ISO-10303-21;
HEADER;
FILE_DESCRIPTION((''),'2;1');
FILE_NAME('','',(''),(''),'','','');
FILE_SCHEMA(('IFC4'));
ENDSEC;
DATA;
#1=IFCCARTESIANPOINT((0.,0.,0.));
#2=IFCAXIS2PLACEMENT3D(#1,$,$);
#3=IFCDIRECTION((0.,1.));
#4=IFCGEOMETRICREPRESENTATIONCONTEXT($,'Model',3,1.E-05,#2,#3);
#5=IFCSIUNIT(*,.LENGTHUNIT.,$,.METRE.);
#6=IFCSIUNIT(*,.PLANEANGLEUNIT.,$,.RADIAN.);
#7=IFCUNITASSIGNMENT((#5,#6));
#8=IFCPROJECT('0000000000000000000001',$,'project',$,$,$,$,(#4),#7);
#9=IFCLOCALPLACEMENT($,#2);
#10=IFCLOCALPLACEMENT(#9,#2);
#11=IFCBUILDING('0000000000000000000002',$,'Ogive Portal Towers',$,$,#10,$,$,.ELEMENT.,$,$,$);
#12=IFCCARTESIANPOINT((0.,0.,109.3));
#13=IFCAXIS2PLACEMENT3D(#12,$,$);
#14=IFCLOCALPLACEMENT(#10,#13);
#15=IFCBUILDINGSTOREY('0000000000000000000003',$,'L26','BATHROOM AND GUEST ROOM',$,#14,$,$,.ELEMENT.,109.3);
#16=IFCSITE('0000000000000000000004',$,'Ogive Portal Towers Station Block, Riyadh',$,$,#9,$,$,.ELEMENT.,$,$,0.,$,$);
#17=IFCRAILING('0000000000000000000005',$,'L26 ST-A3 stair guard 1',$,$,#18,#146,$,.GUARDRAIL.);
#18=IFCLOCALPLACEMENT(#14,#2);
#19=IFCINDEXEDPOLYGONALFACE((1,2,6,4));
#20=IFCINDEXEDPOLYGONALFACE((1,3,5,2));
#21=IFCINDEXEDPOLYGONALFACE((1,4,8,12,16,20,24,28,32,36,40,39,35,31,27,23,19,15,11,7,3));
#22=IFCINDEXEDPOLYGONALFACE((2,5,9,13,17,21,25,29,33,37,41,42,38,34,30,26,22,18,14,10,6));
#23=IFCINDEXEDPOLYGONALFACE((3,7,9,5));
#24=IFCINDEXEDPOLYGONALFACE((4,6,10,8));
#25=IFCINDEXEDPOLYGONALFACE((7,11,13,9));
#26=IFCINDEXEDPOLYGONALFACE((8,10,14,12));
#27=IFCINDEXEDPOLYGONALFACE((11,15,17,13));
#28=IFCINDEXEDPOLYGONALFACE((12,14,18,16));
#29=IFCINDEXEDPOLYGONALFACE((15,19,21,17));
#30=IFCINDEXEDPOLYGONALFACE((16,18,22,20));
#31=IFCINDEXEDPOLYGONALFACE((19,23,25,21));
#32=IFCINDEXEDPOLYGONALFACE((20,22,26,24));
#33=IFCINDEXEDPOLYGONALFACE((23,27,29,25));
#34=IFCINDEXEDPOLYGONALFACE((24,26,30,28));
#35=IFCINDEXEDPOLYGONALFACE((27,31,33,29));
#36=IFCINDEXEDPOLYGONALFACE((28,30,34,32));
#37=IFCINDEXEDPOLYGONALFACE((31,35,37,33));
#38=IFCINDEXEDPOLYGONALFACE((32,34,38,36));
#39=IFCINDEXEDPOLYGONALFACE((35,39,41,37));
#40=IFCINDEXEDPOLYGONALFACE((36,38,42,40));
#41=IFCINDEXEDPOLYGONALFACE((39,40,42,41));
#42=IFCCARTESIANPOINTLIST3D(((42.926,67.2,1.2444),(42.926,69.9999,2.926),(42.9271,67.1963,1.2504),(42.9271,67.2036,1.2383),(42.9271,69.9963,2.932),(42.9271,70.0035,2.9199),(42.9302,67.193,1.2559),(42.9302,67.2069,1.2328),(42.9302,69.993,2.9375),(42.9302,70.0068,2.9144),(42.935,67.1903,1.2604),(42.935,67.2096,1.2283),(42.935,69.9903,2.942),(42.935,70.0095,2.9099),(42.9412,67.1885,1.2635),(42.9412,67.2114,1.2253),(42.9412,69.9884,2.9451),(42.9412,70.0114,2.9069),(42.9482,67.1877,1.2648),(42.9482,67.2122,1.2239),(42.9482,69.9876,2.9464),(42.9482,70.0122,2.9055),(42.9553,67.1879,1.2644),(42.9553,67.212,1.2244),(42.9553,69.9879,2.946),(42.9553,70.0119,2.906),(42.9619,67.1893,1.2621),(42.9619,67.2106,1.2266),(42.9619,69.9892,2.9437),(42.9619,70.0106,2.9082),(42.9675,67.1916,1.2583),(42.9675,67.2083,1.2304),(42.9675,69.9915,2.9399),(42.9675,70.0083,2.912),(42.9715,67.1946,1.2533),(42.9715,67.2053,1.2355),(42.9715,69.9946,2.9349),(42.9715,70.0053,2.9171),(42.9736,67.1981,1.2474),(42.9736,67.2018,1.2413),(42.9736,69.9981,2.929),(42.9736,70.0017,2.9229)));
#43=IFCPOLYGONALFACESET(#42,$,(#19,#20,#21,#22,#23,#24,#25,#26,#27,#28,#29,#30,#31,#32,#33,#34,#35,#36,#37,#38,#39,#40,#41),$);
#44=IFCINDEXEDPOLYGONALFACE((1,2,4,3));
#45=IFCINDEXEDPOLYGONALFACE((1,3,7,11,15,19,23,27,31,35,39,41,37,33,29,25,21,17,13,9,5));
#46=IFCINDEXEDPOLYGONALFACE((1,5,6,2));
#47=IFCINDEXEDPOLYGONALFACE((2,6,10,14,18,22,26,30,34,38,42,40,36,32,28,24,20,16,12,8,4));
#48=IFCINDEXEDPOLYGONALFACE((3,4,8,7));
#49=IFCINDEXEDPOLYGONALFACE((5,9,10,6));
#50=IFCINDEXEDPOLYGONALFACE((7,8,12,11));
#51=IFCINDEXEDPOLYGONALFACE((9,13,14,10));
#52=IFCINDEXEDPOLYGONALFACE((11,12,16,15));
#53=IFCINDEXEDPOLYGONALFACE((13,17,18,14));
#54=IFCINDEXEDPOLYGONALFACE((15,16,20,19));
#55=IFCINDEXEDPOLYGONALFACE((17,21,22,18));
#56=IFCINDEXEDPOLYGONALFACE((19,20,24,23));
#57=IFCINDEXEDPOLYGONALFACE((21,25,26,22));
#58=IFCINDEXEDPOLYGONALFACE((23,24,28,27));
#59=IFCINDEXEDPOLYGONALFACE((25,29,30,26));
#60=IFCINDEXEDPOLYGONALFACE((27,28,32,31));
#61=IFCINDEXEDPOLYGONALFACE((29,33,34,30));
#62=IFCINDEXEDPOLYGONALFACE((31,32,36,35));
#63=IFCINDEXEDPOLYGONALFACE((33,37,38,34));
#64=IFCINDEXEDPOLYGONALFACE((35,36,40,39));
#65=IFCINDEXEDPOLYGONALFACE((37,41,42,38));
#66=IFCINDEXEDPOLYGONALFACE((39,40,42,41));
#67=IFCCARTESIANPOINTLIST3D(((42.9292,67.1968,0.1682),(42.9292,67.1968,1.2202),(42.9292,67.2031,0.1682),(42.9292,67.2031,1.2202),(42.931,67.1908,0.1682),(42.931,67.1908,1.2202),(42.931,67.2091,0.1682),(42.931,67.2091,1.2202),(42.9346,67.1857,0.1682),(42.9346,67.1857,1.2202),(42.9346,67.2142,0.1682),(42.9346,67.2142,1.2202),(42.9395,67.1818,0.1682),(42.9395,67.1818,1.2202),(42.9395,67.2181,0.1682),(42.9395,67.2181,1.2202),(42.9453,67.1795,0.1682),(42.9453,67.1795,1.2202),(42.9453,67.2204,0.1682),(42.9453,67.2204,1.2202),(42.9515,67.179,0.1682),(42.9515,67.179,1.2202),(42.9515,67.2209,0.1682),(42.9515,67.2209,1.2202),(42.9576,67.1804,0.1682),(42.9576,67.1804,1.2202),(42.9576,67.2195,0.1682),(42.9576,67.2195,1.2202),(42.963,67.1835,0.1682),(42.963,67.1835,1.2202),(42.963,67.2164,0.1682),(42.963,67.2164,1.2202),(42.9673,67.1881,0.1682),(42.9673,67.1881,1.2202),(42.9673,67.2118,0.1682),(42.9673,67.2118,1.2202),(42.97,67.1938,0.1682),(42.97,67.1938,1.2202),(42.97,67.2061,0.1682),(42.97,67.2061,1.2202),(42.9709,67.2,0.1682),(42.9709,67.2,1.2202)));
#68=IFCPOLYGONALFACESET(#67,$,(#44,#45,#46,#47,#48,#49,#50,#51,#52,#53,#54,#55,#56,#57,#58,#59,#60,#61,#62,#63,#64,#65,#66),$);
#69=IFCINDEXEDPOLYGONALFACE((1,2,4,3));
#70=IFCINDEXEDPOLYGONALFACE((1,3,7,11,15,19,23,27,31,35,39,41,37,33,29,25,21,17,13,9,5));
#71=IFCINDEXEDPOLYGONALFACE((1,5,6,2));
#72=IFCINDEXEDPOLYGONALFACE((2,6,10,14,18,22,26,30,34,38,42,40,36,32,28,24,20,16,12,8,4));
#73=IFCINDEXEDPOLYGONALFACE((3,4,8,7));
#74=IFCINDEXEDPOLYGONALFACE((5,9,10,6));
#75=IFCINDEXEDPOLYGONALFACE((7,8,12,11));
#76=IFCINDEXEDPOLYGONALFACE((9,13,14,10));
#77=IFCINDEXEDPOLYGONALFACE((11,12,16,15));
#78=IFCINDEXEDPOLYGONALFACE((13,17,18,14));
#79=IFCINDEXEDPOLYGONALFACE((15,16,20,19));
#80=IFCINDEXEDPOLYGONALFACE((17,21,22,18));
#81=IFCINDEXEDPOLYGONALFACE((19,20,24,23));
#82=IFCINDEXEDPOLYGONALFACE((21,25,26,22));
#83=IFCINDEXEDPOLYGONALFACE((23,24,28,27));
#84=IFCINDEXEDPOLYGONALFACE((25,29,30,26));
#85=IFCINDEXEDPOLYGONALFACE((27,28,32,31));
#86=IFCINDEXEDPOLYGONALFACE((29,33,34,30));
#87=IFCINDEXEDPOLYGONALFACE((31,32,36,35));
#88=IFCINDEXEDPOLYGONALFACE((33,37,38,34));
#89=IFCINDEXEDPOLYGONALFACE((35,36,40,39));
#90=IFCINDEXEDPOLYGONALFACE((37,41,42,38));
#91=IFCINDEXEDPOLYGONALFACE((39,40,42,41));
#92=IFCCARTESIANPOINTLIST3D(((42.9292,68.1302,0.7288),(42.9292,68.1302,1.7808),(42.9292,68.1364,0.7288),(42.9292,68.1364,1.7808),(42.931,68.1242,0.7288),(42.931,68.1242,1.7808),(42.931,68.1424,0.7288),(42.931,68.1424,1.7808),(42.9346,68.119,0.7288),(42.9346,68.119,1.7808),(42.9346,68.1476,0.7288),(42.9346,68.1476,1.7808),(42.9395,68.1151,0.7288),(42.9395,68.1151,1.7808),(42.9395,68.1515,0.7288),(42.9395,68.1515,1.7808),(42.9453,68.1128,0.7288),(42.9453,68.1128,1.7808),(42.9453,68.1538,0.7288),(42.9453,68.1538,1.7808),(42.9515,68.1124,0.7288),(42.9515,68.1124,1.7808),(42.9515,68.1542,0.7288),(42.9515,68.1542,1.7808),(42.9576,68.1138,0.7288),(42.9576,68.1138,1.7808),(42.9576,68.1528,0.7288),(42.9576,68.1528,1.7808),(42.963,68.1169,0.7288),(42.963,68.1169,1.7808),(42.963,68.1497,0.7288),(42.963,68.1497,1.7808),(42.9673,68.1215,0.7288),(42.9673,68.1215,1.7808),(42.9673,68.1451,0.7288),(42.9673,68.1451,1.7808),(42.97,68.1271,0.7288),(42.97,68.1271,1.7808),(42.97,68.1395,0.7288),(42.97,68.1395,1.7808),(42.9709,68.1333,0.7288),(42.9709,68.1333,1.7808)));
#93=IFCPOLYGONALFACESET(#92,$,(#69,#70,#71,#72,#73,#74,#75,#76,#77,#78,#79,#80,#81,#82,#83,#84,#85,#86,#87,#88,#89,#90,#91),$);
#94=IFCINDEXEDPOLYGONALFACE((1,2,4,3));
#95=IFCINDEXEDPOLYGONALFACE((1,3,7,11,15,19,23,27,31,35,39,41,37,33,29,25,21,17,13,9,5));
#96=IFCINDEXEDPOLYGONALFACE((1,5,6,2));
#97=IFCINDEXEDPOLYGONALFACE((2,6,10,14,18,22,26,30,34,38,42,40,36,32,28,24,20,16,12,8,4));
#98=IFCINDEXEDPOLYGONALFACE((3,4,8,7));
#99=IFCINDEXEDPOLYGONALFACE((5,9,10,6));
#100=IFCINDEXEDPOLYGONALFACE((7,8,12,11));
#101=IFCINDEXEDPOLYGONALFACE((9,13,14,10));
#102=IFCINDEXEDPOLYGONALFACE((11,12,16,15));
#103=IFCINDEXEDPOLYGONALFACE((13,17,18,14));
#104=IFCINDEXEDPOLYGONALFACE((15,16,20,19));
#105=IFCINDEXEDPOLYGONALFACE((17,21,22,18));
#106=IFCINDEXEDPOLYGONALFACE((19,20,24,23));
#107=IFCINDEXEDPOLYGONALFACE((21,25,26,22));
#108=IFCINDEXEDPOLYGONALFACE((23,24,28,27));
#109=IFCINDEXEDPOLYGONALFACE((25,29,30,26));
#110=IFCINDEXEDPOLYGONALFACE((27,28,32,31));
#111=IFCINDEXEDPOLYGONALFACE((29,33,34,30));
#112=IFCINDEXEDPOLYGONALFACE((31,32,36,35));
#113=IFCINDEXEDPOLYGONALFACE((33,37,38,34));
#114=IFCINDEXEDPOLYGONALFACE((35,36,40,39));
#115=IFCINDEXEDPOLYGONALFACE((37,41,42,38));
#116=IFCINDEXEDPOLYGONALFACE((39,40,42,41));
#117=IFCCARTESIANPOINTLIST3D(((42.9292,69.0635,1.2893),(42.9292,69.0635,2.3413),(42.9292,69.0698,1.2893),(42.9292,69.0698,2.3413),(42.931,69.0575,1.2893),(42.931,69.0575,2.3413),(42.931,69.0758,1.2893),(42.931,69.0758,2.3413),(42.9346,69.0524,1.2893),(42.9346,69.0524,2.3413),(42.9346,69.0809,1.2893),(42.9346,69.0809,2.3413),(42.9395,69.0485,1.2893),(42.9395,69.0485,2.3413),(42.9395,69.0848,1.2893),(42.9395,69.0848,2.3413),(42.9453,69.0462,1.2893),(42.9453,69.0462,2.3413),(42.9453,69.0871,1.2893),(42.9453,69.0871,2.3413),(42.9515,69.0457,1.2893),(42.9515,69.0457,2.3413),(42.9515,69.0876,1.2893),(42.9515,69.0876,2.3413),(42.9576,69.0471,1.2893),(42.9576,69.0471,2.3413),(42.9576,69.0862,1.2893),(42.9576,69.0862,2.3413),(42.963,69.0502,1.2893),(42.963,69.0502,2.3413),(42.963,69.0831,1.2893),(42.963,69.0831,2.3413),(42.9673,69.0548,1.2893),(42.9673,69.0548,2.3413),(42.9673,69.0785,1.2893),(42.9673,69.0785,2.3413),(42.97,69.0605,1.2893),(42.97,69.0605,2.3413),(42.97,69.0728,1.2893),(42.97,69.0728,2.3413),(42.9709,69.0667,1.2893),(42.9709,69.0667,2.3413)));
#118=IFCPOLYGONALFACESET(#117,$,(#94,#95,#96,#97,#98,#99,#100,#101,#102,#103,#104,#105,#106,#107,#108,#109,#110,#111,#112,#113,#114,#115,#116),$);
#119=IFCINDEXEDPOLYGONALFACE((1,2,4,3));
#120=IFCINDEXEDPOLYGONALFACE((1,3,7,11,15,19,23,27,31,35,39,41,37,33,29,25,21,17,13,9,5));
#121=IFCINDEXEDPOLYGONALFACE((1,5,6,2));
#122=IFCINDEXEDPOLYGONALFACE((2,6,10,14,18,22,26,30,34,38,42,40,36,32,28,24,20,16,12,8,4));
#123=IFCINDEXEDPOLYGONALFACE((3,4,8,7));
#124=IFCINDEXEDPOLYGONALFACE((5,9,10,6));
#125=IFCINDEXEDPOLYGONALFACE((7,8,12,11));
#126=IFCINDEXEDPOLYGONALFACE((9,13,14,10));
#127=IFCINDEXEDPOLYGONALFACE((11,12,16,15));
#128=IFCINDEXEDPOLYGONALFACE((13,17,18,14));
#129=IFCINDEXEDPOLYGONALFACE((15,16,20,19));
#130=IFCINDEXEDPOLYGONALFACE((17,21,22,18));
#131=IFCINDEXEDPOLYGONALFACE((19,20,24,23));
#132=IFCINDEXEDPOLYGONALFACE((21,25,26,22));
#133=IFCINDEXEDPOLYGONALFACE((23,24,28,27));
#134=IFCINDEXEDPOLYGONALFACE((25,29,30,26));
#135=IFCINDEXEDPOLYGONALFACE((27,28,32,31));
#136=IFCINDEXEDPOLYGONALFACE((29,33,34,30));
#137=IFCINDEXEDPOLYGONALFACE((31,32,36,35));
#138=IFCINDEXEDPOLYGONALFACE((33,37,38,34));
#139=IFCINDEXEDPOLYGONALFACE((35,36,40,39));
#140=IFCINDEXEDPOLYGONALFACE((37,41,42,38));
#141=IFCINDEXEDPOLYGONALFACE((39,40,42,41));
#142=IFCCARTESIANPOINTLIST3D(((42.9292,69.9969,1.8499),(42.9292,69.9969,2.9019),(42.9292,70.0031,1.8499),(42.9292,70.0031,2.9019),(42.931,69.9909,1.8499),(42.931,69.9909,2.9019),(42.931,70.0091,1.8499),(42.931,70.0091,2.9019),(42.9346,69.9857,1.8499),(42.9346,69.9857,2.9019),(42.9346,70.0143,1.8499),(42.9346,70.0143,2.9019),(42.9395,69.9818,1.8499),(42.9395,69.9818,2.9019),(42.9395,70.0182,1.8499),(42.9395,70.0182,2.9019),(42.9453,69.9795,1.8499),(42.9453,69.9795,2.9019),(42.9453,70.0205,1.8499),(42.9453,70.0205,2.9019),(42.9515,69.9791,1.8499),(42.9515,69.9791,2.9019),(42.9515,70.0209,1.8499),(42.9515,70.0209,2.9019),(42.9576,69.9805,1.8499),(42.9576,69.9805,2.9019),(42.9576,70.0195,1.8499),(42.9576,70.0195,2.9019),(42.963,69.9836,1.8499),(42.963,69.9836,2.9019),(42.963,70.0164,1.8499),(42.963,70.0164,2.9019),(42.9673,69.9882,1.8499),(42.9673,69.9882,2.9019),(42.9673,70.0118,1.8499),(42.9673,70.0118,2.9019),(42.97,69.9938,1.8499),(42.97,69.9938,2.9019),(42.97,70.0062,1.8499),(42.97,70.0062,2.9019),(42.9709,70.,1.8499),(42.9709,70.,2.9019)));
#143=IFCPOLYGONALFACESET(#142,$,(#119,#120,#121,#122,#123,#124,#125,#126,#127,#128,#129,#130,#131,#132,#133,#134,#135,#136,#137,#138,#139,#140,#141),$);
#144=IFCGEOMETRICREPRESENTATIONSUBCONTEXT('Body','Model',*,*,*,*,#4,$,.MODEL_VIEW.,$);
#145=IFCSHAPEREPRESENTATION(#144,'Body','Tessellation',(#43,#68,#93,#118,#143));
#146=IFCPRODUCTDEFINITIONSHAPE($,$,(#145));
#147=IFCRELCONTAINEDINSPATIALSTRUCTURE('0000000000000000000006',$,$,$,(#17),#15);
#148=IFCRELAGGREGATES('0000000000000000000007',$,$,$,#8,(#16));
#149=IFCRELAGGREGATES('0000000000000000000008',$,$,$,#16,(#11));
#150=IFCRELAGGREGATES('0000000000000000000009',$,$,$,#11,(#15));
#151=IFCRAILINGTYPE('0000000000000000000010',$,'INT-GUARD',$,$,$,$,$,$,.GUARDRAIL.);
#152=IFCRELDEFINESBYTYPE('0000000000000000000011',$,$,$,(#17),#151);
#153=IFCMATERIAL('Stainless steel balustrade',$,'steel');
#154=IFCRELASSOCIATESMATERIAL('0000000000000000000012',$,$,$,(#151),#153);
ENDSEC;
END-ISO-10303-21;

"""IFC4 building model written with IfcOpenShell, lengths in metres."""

from ifc_helpers import new_model, si_unit, direction, frame, origin, origin_2d, place, context, subcontext, project, spatial, circle, extrude, material, type_object, element, save


model = new_model("IFC4")

# Units and contexts
model_context = context("Model", 3, precision=1e-05, world=origin(), true_north=direction((0.0, 1.0)))
body_context = subcontext(model_context, "Body", "Model", "MODEL_VIEW")
ifc_project = project(units=[si_unit("LENGTHUNIT", "METRE"), si_unit("PLANEANGLEUNIT", "RADIAN")], contexts=[model_context])

# Site, building, storey
site_placement = place(None, origin())
site = spatial("IfcSite", under=ifc_project, at=site_placement, Name="Ogive Portal Towers Station Block, Riyadh", CompositionType="ELEMENT", RefElevation=0.0)
building_placement = place(site_placement, origin())
building = spatial("IfcBuilding", under=site, at=building_placement, Name="Ogive Portal Towers", CompositionType="ELEMENT")
storey_placement = place(building_placement, frame((0.0, 0.0, 109.3)))
storey = spatial("IfcBuildingStorey", under=building, at=storey_placement, Name="L26", Description="BATHROOM AND GUEST ROOM", CompositionType="ELEMENT", Elevation=109.3)

# Railing
ifc_material_1 = material(Name="Stainless steel balustrade", Category="steel")
railing_type_1 = type_object("IfcRailingType", Name="INT-GUARD", PredefinedType="GUARDRAIL", material=ifc_material_1)
railing_1_placement = place(storey_placement, frame((42.95, 67.2, 0.1682)))
element("IfcRailing", 1, at=railing_1_placement, inside=storey, type_object=railing_type_1, Name="L26 ST-A3 stair guard 1", PredefinedType="GUARDRAIL", context=body_context, shape_type="SweptSolid", body=[
    extrude(circle(Radius=0.0239, at=origin_2d()), frame((0.0, 0.0, 1.0762), z_axis=(0.0, 0.857275, 0.514858), x_axis=(-1.0, 0.0, 0.0)), (0.0, 0.0, 1.0), 3.2661),
    extrude(circle(Radius=0.021, at=origin_2d()), origin(), (0.0, 0.0, 1.0), 1.052),
    extrude(circle(Radius=0.021, at=origin_2d()), frame((0.0, 0.9333, 0.5605)), (0.0, 0.0, 1.0), 1.052),
    extrude(circle(Radius=0.021, at=origin_2d()), frame((0.0, 1.8667, 1.1211)), (0.0, 0.0, 1.0), 1.052),
    extrude(circle(Radius=0.021, at=origin_2d()), frame((0.0, 2.8, 1.6816)), (0.0, 0.0, 1.0), 1.052),
])

save(model, "model.ifc")
